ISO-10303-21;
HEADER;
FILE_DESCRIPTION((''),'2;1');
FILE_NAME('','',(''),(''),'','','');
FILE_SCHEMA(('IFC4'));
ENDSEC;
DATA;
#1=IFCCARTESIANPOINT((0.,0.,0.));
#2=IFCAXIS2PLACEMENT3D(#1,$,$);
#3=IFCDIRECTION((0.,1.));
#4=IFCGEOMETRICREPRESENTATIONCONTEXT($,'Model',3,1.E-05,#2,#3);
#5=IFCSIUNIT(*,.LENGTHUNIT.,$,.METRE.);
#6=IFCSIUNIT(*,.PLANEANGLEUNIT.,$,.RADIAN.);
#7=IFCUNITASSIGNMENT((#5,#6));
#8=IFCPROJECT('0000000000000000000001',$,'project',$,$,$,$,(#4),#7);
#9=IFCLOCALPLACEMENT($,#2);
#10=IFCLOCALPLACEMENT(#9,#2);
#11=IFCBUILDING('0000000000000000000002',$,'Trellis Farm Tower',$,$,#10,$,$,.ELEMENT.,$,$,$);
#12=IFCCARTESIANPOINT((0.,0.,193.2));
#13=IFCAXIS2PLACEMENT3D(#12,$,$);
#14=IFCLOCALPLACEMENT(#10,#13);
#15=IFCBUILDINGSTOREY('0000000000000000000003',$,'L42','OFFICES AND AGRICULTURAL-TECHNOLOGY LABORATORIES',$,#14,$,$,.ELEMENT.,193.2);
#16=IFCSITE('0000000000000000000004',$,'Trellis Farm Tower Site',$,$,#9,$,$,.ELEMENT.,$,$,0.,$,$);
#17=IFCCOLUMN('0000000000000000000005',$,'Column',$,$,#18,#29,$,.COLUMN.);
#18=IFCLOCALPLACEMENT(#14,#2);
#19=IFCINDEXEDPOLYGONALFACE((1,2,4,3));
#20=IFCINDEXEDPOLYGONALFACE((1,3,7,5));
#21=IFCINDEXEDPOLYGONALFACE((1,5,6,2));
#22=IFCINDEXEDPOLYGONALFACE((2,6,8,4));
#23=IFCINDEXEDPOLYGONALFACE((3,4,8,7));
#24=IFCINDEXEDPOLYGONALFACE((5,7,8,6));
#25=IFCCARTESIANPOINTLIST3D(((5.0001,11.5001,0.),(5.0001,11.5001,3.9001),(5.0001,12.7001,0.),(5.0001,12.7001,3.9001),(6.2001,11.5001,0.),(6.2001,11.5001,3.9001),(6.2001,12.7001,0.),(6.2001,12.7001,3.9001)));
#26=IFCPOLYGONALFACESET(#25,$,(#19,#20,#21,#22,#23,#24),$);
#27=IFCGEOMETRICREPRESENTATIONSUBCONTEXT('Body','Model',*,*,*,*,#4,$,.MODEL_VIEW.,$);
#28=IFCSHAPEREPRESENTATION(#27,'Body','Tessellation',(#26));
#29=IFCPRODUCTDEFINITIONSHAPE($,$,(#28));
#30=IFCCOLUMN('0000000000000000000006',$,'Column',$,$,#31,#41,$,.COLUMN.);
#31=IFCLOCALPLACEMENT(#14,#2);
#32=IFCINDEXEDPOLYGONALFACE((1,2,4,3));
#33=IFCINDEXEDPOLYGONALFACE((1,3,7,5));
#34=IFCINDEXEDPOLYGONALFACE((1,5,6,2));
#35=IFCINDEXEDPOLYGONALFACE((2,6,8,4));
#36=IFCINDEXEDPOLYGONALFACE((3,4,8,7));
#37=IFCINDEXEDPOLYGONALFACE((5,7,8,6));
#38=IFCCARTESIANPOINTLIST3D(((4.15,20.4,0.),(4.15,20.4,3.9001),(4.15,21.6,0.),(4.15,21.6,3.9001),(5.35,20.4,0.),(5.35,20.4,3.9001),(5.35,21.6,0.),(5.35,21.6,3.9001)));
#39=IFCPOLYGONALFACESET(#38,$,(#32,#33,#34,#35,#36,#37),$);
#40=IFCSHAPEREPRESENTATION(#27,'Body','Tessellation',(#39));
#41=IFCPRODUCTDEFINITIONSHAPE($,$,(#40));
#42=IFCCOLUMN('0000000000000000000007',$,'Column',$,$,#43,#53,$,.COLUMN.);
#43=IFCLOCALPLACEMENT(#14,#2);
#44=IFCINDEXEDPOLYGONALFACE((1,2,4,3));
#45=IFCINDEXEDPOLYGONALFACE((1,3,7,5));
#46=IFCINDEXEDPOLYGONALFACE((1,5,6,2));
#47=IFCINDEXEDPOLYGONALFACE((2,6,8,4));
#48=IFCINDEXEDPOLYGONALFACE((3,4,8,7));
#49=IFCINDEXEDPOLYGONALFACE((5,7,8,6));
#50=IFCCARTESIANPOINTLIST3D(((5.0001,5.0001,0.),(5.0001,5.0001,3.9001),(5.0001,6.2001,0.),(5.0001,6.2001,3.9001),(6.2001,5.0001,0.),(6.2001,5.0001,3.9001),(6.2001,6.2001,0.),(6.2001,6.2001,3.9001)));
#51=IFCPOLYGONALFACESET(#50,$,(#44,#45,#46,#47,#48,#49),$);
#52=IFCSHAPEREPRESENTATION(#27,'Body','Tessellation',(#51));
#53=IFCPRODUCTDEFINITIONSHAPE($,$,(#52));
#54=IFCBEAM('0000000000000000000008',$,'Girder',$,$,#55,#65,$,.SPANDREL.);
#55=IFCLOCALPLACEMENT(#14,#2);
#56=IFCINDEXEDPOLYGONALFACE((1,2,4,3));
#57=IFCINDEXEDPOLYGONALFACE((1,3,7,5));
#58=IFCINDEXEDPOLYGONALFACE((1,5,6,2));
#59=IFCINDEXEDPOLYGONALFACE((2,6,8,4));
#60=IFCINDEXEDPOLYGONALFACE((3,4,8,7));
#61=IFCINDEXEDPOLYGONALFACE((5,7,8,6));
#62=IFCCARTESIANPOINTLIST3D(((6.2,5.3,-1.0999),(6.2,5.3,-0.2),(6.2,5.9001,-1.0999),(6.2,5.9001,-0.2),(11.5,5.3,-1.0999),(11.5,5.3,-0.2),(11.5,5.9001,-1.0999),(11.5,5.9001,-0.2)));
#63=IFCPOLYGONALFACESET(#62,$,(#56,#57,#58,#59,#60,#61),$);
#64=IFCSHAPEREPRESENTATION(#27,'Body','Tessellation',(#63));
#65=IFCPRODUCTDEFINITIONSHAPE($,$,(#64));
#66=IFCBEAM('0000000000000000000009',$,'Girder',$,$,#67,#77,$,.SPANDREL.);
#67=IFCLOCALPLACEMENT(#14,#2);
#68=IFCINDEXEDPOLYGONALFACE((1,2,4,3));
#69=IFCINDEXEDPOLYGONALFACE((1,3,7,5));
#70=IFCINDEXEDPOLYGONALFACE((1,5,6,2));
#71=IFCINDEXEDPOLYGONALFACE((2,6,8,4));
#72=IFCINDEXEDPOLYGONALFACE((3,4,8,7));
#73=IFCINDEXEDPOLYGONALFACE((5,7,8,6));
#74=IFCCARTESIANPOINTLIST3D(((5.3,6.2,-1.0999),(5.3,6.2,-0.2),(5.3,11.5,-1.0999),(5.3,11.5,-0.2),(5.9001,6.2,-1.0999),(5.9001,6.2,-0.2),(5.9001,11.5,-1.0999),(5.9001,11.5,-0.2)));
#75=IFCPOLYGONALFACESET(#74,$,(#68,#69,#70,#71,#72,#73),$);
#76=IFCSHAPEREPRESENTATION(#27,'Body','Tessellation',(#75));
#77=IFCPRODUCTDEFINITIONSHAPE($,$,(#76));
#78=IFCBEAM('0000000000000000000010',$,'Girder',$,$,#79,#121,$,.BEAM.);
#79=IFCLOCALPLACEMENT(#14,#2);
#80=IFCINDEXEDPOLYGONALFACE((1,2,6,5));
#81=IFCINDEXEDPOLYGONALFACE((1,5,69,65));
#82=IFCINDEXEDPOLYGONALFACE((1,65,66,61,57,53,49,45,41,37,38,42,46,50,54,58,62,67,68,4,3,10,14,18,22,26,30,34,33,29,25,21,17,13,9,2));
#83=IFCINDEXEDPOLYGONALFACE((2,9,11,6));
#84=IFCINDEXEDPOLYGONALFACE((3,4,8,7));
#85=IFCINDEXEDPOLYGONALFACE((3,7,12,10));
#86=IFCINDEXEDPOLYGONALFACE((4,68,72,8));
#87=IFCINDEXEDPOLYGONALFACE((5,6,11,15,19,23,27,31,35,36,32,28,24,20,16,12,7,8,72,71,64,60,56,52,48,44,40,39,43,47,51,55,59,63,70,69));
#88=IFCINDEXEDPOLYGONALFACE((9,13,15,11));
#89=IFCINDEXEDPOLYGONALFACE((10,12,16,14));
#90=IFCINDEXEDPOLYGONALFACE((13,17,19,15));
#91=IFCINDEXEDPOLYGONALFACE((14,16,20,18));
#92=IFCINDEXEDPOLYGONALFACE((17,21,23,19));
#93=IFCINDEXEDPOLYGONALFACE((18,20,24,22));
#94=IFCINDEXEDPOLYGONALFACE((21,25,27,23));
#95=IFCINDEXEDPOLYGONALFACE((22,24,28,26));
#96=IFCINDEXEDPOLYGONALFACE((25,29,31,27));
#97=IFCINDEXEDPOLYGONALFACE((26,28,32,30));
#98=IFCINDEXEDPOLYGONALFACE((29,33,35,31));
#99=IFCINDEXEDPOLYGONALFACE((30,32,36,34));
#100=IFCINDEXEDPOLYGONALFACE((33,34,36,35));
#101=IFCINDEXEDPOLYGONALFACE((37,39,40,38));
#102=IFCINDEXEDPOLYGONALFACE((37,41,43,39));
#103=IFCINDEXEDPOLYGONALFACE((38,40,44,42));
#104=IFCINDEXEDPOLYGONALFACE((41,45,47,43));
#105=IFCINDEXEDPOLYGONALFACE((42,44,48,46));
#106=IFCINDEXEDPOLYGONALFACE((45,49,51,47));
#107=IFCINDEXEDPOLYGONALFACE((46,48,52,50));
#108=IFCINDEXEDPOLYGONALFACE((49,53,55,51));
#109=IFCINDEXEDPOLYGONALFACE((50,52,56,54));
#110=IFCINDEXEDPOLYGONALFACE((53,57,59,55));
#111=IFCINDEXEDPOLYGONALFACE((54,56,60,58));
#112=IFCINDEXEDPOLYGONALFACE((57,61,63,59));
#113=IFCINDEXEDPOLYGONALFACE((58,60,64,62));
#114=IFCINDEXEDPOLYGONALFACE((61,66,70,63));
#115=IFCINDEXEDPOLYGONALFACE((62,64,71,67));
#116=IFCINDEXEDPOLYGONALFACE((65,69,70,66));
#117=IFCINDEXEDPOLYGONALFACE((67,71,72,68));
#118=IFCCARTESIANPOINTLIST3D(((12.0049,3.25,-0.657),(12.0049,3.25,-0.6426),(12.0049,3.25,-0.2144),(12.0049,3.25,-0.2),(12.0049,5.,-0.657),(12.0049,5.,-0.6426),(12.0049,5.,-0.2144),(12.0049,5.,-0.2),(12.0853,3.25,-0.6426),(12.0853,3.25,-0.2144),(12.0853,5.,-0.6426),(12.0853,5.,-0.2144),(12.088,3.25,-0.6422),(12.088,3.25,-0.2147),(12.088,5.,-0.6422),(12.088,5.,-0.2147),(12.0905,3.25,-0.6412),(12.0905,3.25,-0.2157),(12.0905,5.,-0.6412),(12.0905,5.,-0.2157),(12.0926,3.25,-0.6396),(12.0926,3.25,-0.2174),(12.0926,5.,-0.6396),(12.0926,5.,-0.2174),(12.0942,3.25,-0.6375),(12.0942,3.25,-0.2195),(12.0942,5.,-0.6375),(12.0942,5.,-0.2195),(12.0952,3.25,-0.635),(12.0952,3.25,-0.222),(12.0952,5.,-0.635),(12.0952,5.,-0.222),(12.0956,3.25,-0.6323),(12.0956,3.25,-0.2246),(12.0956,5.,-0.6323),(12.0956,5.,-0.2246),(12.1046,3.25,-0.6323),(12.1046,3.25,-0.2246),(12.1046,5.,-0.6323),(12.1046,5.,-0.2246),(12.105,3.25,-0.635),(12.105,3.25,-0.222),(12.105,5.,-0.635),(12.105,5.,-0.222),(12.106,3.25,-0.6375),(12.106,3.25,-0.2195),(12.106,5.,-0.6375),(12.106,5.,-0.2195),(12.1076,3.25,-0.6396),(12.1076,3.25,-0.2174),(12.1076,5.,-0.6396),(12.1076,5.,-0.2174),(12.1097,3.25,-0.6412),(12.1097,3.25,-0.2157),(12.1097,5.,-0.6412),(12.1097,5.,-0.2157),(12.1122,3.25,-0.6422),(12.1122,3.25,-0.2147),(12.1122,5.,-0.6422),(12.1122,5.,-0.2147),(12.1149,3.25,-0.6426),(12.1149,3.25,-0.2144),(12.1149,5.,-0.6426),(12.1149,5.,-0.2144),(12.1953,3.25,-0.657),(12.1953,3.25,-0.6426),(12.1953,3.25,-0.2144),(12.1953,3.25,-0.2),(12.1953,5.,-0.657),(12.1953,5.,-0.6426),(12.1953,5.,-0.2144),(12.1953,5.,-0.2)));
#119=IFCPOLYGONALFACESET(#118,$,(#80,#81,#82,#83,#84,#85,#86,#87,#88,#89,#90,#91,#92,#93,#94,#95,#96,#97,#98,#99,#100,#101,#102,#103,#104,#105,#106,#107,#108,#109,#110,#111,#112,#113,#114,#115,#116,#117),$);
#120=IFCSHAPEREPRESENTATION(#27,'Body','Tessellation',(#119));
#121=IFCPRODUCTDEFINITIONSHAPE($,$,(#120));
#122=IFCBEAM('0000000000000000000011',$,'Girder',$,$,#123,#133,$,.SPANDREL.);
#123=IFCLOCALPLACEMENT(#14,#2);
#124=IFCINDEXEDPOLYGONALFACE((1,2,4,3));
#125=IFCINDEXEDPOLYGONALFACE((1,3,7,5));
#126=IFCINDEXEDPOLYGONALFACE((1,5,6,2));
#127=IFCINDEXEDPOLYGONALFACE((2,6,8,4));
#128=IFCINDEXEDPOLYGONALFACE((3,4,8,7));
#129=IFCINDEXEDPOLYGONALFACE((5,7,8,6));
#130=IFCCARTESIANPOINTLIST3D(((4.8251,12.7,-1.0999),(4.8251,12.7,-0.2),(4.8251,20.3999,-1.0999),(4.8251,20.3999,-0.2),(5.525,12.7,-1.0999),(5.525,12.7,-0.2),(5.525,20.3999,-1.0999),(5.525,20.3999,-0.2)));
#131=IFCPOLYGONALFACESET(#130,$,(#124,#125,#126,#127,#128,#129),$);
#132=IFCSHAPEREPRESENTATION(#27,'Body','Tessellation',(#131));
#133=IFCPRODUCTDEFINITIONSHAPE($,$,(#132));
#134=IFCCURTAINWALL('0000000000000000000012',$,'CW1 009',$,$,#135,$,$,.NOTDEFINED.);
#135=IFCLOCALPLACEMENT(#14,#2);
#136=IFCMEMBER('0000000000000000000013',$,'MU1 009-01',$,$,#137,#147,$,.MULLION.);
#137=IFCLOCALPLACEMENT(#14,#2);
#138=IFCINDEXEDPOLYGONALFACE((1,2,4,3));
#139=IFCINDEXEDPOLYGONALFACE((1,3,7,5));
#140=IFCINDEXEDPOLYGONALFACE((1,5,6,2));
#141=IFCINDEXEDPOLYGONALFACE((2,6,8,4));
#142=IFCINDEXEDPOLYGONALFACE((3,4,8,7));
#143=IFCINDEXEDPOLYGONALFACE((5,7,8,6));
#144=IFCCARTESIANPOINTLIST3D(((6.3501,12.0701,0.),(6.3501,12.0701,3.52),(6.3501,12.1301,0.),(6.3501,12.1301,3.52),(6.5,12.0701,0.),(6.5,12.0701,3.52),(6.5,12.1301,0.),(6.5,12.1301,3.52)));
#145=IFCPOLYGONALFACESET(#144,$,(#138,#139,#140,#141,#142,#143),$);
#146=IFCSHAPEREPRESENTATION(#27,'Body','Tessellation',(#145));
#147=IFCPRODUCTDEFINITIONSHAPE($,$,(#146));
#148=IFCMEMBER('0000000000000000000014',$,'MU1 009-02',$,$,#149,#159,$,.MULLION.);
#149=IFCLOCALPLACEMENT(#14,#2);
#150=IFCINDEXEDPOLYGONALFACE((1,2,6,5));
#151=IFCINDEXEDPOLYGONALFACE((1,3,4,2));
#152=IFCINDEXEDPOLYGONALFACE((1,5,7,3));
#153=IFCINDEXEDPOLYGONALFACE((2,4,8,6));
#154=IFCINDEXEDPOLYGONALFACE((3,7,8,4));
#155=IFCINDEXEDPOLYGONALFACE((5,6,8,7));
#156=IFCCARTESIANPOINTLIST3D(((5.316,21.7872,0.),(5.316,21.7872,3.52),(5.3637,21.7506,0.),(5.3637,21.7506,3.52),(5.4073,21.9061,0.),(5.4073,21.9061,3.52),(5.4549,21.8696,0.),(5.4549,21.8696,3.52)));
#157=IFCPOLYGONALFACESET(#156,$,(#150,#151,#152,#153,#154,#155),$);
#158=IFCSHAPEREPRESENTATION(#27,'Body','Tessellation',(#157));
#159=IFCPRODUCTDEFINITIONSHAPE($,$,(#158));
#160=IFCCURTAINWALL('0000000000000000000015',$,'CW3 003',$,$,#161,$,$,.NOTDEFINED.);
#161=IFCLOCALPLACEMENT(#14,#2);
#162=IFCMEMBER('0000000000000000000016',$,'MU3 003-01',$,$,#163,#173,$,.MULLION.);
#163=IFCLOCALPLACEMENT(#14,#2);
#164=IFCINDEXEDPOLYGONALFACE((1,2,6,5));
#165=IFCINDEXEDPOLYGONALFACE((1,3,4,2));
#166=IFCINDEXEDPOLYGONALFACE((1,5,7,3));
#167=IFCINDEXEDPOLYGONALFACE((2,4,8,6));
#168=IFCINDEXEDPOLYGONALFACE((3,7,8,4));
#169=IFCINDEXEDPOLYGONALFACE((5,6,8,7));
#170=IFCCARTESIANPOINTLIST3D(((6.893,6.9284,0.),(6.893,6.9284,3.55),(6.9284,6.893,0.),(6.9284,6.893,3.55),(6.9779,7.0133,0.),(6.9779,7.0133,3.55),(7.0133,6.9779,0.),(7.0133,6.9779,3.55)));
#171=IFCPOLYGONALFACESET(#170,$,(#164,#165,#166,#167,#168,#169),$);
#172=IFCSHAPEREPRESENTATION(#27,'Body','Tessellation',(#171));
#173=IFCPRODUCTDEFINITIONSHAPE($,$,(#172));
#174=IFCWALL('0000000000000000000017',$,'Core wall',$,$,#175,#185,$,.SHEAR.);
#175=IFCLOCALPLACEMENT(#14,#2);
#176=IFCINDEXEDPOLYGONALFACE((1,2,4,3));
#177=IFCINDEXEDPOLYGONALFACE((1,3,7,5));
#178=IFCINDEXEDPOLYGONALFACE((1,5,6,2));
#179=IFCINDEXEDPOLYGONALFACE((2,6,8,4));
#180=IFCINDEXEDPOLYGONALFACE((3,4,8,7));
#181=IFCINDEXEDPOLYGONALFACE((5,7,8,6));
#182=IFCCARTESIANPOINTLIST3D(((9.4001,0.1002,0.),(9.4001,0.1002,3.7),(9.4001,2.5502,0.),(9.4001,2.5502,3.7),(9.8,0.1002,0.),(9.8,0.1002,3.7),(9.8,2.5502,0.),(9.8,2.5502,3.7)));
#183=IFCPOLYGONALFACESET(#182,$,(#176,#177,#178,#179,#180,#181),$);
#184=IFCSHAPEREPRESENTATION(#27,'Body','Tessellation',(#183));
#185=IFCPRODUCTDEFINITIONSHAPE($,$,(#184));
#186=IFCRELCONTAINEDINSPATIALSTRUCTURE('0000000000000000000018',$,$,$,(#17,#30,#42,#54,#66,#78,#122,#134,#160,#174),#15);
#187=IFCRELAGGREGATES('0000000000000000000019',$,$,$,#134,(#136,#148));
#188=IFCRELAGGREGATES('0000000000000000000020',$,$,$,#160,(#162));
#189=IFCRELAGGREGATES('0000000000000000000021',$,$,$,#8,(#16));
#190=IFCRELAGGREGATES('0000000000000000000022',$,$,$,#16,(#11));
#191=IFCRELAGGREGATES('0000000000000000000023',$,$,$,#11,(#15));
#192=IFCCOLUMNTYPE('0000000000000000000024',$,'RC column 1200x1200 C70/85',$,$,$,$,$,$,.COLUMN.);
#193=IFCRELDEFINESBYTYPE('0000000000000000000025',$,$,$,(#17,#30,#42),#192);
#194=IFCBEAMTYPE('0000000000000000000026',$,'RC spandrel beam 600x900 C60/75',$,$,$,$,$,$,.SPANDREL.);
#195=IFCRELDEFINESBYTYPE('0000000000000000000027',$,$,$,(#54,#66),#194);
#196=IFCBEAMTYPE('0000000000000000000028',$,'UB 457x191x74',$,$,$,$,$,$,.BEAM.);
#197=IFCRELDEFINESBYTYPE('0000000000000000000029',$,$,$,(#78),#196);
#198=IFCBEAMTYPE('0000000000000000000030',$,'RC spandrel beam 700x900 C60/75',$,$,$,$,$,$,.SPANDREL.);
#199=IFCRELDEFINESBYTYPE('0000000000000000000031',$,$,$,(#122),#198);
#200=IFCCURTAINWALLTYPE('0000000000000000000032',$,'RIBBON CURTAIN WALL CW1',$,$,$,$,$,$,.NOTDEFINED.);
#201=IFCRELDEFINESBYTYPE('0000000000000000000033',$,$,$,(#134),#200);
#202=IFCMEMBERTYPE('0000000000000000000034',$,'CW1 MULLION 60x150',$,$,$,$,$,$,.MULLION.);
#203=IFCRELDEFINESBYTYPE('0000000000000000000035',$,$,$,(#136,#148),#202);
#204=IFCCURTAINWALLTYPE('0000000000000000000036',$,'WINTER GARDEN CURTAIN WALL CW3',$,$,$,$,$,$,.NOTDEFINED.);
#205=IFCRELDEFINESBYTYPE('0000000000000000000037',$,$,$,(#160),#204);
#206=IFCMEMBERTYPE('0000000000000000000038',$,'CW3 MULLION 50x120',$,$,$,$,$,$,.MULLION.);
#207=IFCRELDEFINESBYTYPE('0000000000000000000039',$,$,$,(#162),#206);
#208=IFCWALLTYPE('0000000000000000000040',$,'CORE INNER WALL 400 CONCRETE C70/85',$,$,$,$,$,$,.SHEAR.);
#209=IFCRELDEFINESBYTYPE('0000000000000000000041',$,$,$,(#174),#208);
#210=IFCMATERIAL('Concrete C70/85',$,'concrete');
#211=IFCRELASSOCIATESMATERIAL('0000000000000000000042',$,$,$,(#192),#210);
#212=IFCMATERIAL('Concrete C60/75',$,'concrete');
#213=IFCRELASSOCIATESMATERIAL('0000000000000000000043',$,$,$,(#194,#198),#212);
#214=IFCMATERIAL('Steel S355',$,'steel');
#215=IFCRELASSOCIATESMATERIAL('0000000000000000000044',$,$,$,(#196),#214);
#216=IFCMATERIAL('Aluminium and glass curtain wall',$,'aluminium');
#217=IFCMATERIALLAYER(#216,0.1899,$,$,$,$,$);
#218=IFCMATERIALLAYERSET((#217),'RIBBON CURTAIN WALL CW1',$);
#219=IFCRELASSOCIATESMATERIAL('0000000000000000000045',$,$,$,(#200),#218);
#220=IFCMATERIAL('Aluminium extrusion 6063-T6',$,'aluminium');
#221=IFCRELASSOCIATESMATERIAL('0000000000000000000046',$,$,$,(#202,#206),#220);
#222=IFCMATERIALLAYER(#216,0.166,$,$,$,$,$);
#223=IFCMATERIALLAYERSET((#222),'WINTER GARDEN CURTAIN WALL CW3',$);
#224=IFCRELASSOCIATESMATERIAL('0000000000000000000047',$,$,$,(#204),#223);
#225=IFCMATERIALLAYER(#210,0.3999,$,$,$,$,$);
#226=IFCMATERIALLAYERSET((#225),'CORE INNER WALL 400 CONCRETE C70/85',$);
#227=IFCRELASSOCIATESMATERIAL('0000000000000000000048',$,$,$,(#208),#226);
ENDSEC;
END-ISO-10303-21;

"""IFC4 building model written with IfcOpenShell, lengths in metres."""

from ifc_helpers import new_model, si_unit, direction, frame, frame_2d, origin, origin_2d, place, context, subcontext, project, spatial, rectangle, i_section, extrude, source, transform, mapped, material, layer, layer_set, material_profile, profile_set, type_object, element, aggregate, save


model = new_model("IFC4")

# Units and contexts
model_context = context("Model", 3, precision=1e-05, world=origin(), true_north=direction((0.0, 1.0)))
body_context = subcontext(model_context, "Body", "Model", "MODEL_VIEW")
ifc_project = project(units=[si_unit("LENGTHUNIT", "METRE"), si_unit("PLANEANGLEUNIT", "RADIAN")], contexts=[model_context])

# Site, building, storey
site_placement = place(None, origin())
site = spatial("IfcSite", under=ifc_project, at=site_placement, Name="Trellis Farm Tower Site", CompositionType="ELEMENT", RefElevation=0.0)
building_placement = place(site_placement, origin())
building = spatial("IfcBuilding", under=site, at=building_placement, Name="Trellis Farm Tower", CompositionType="ELEMENT")
storey_placement = place(building_placement, frame((0.0, 0.0, 193.2)))
storey = spatial("IfcBuildingStorey", under=building, at=storey_placement, Name="L42", Description="OFFICES AND AGRICULTURAL-TECHNOLOGY LABORATORIES", CompositionType="ELEMENT", Elevation=193.2)

# Columns
ifc_material_1 = material(Name="Concrete C70/85", Category="concrete")
ifc_material_profile_1 = material_profile(ifc_material_1, rectangle(XDim=1.2, YDim=1.2, at=origin_2d()), Name="RC column 1200x1200 C70/85")
ifc_profile_set_1 = profile_set([ifc_material_profile_1], Name="Concrete C70/85")
column_type = type_object("IfcColumnType", Name="RC column 1200x1200 C70/85", PredefinedType="COLUMN", material=ifc_profile_set_1)
shared_shape_1 = source(origin(), body_context, "Body", "SweptSolid", [
    extrude(rectangle(XDim=1.2, YDim=1.2, at=origin_2d()), origin(), (0.0, 0.0, 1.0), 3.9001),
])
for number, where, z_axis, x_axis, name in (
    (1, (5.6001, 12.1001, 0.0), (0.0, 0.0, 1.0), (1.0, 0.0, 0.0), "Column"),
    (2, (4.75, 21.0, 0.0), (0.0, 0.0, 1.0), (1.0, 0.0, 0.0), "Column"),
    (3, (5.6001, 5.6001, 0.0), (0.0, 0.0, 1.0), (1.0, 0.0, 0.0), "Column"),
):
    element("IfcColumn", number, at=place(storey_placement, frame(where, z_axis=z_axis, x_axis=x_axis)), inside=storey, type_object=column_type, Name=name, PredefinedType="COLUMN", context=body_context, shape_type="MappedRepresentation", body=[
        mapped(shared_shape_1, transform((0.0, 0.0, 0.0))),
    ])

# Beams
ifc_material_2 = material(Name="Concrete C60/75", Category="concrete")
ifc_material_profile_2 = material_profile(ifc_material_2, rectangle(XDim=0.6001, YDim=0.8999, at=origin_2d()), Name="RC spandrel beam 600x900 C60/75")
ifc_profile_set_2 = profile_set([ifc_material_profile_2], Name="Concrete C60/75")
beam_type_1 = type_object("IfcBeamType", Name="RC spandrel beam 600x900 C60/75", PredefinedType="SPANDREL", material=ifc_profile_set_2)
shared_shape_2 = source(origin(), body_context, "Body", "SweptSolid", [
    extrude(rectangle(XDim=0.6001, YDim=0.8999, at=origin_2d()), origin(), (0.0, 0.0, 1.0), 5.3),
])
for number, where, z_axis, x_axis, name in (
    (4, (6.2, 5.6001, -0.6499), (1.0, 0.0, 0.0), (0.0, 1.0, 0.0), "Girder"),
    (5, (5.6001, 6.2, -0.6499), (0.0, 1.0, 0.0), (-1.0, 0.0, 0.0), "Girder"),
):
    element("IfcBeam", number, at=place(storey_placement, frame(where, z_axis=z_axis, x_axis=x_axis)), inside=storey, type_object=beam_type_1, Name=name, PredefinedType="SPANDREL", context=body_context, shape_type="MappedRepresentation", body=[
        mapped(shared_shape_2, transform((0.0, 0.0, 0.0))),
    ])
ifc_material_3 = material(Name="Steel S355", Category="steel")
ifc_material_profile_3 = material_profile(ifc_material_3, i_section(OverallWidth=0.1904, OverallDepth=0.457, WebThickness=0.009, FlangeThickness=0.0144, FilletRadius=0.0103, at=origin_2d()), Name="UB 457x191x74")
ifc_profile_set_3 = profile_set([ifc_material_profile_3], Name="Steel S355")
beam_type_2 = type_object("IfcBeamType", Name="UB 457x191x74", PredefinedType="BEAM", material=ifc_profile_set_3)
shared_shape_3 = source(origin(), body_context, "Body", "SweptSolid", [
    extrude(i_section(OverallWidth=0.1904, OverallDepth=0.457, WebThickness=0.009, FlangeThickness=0.0144, FilletRadius=0.0103, at=origin_2d()), origin(), (0.0, 0.0, 1.0), 1.75),
])
beam_1_placement = place(storey_placement, frame((12.1001, 3.25, -0.4285), z_axis=(0.0, 1.0, 0.0), x_axis=(-1.0, 0.0, 0.0)))
element("IfcBeam", 6, at=beam_1_placement, inside=storey, type_object=beam_type_2, Name="Girder", PredefinedType="BEAM", context=body_context, shape_type="MappedRepresentation", body=[
    mapped(shared_shape_3, transform((0.0, 0.0, 0.0))),
])
ifc_material_profile_4 = material_profile(ifc_material_2, rectangle(XDim=0.7, YDim=0.8999, at=origin_2d()), Name="RC spandrel beam 700x900 C60/75")
ifc_profile_set_4 = profile_set([ifc_material_profile_4], Name="Concrete C60/75")
beam_type_3 = type_object("IfcBeamType", Name="RC spandrel beam 700x900 C60/75", PredefinedType="SPANDREL", material=ifc_profile_set_4)
shared_shape_4 = source(origin(), body_context, "Body", "SweptSolid", [
    extrude(rectangle(XDim=0.7, YDim=0.8999, at=origin_2d()), origin(), (0.0, 0.0, 1.0), 7.7),
])
beam_2_placement = place(storey_placement, frame((5.175, 12.7, -0.6499), z_axis=(0.0, 1.0, 0.0), x_axis=(-1.0, 0.0, 0.0)))
element("IfcBeam", 7, at=beam_2_placement, inside=storey, type_object=beam_type_3, Name="Girder", PredefinedType="SPANDREL", context=body_context, shape_type="MappedRepresentation", body=[
    mapped(shared_shape_4, transform((0.0, 0.0, 0.0))),
])

# Curtain wall, members
ifc_material_4 = material(Name="Aluminium and glass curtain wall", Category="aluminium")
ifc_layer_1 = layer(ifc_material_4, 0.1899)
ifc_layer_set_1 = layer_set([ifc_layer_1], Name="RIBBON CURTAIN WALL CW1")
curtain_wall_type_1 = type_object("IfcCurtainWallType", Name="RIBBON CURTAIN WALL CW1", PredefinedType="NOTDEFINED", material=ifc_layer_set_1)
placement = place(storey_placement, origin())
curtain_wall_1 = element("IfcCurtainWall", 8, at=placement, inside=storey, type_object=curtain_wall_type_1, Name="CW1 009", PredefinedType="NOTDEFINED")
ifc_material_5 = material(Name="Aluminium extrusion 6063-T6", Category="aluminium")
ifc_material_profile_5 = material_profile(ifc_material_5, rectangle(XDim=0.0601, YDim=0.1499, at=origin_2d()), Name="MULLION 60x150")
ifc_profile_set_5 = profile_set([ifc_material_profile_5], Name="Aluminium extrusion 6063-T6")
member_type_1 = type_object("IfcMemberType", Name="CW1 MULLION 60x150", PredefinedType="MULLION", material=ifc_profile_set_5)
shared_shape_5 = source(origin(), body_context, "Body", "SweptSolid", [
    extrude(rectangle(XDim=0.0601, YDim=0.1499, at=origin_2d()), origin(), (0.0, 0.0, 1.0), 3.52),
])
member_1_placement = place(storey_placement, frame((6.425, 12.1001, 0.0), z_axis=(0.0, 0.0, 1.0), x_axis=(0.0, 1.0, 0.0)))
member_1 = element("IfcMember", 9, at=member_1_placement, type_object=member_type_1, Name="MU1 009-01", PredefinedType="MULLION", context=body_context, shape_type="MappedRepresentation", body=[
    mapped(shared_shape_5, transform((0.0, 0.0, 0.0))),
])
member_2_placement = place(storey_placement, frame((5.3855, 21.8284, 0.0), z_axis=(0.0, 0.0, 1.0), x_axis=(-0.793353, 0.608761, 0.0)))
member_2 = element("IfcMember", 10, at=member_2_placement, type_object=member_type_1, Name="MU1 009-02", PredefinedType="MULLION", context=body_context, shape_type="MappedRepresentation", body=[
    mapped(shared_shape_5, transform((0.0, 0.0, 0.0))),
])
aggregate(curtain_wall_1, [member_1, member_2])

# Curtain wall, member
ifc_layer_2 = layer(ifc_material_4, 0.166)
ifc_layer_set_2 = layer_set([ifc_layer_2], Name="WINTER GARDEN CURTAIN WALL CW3")
curtain_wall_type_2 = type_object("IfcCurtainWallType", Name="WINTER GARDEN CURTAIN WALL CW3", PredefinedType="NOTDEFINED", material=ifc_layer_set_2)
curtain_wall_2 = element("IfcCurtainWall", 11, at=placement, inside=storey, type_object=curtain_wall_type_2, Name="CW3 003", PredefinedType="NOTDEFINED")
ifc_material_profile_6 = material_profile(ifc_material_5, rectangle(XDim=0.05, YDim=0.1201, at=origin_2d()), Name="MULLION 50x120")
ifc_profile_set_6 = profile_set([ifc_material_profile_6], Name="Aluminium extrusion 6063-T6")
member_type_2 = type_object("IfcMemberType", Name="CW3 MULLION 50x120", PredefinedType="MULLION", material=ifc_profile_set_6)
shared_shape_6 = source(origin(), body_context, "Body", "SweptSolid", [
    extrude(rectangle(XDim=0.05, YDim=0.1201, at=origin_2d()), origin(), (0.0, 0.0, 1.0), 3.55),
])
member_3_placement = place(storey_placement, frame((6.9531, 6.9531, 0.0), z_axis=(0.0, 0.0, 1.0), x_axis=(-0.707107, 0.707107, 0.0)))
member_3 = element("IfcMember", 12, at=member_3_placement, type_object=member_type_2, Name="MU3 003-01", PredefinedType="MULLION", context=body_context, shape_type="MappedRepresentation", body=[
    mapped(shared_shape_6, transform((0.0, 0.0, 0.0))),
])
aggregate(curtain_wall_2, [member_3])

# Wall
ifc_layer_3 = layer(ifc_material_1, 0.3999)
ifc_layer_set_3 = layer_set([ifc_layer_3], Name="CORE INNER WALL 400 CONCRETE C70/85")
wall_type_1 = type_object("IfcWallType", Name="CORE INNER WALL 400 CONCRETE C70/85", PredefinedType="SHEAR", material=ifc_layer_set_3)
shared_shape_7 = source(origin(), body_context, "Body", "SweptSolid", [
    extrude(rectangle(XDim=2.45, YDim=0.3999, at=frame_2d((1.2251, 0.0))), origin(), (0.0, 0.0, 1.0), 3.7),
])
wall_1_placement = place(storey_placement, frame((9.6001, 0.1001, 0.0), z_axis=(0.0, 0.0, 1.0), x_axis=(0.0, 1.0, 0.0)))
element("IfcWall", 13, at=wall_1_placement, inside=storey, type_object=wall_type_1, Name="Core wall", PredefinedType="SHEAR", context=body_context, shape_type="MappedRepresentation", body=[
    mapped(shared_shape_7, transform((0.0, 0.0, 0.0))),
])

save(model, "model.ifc")
